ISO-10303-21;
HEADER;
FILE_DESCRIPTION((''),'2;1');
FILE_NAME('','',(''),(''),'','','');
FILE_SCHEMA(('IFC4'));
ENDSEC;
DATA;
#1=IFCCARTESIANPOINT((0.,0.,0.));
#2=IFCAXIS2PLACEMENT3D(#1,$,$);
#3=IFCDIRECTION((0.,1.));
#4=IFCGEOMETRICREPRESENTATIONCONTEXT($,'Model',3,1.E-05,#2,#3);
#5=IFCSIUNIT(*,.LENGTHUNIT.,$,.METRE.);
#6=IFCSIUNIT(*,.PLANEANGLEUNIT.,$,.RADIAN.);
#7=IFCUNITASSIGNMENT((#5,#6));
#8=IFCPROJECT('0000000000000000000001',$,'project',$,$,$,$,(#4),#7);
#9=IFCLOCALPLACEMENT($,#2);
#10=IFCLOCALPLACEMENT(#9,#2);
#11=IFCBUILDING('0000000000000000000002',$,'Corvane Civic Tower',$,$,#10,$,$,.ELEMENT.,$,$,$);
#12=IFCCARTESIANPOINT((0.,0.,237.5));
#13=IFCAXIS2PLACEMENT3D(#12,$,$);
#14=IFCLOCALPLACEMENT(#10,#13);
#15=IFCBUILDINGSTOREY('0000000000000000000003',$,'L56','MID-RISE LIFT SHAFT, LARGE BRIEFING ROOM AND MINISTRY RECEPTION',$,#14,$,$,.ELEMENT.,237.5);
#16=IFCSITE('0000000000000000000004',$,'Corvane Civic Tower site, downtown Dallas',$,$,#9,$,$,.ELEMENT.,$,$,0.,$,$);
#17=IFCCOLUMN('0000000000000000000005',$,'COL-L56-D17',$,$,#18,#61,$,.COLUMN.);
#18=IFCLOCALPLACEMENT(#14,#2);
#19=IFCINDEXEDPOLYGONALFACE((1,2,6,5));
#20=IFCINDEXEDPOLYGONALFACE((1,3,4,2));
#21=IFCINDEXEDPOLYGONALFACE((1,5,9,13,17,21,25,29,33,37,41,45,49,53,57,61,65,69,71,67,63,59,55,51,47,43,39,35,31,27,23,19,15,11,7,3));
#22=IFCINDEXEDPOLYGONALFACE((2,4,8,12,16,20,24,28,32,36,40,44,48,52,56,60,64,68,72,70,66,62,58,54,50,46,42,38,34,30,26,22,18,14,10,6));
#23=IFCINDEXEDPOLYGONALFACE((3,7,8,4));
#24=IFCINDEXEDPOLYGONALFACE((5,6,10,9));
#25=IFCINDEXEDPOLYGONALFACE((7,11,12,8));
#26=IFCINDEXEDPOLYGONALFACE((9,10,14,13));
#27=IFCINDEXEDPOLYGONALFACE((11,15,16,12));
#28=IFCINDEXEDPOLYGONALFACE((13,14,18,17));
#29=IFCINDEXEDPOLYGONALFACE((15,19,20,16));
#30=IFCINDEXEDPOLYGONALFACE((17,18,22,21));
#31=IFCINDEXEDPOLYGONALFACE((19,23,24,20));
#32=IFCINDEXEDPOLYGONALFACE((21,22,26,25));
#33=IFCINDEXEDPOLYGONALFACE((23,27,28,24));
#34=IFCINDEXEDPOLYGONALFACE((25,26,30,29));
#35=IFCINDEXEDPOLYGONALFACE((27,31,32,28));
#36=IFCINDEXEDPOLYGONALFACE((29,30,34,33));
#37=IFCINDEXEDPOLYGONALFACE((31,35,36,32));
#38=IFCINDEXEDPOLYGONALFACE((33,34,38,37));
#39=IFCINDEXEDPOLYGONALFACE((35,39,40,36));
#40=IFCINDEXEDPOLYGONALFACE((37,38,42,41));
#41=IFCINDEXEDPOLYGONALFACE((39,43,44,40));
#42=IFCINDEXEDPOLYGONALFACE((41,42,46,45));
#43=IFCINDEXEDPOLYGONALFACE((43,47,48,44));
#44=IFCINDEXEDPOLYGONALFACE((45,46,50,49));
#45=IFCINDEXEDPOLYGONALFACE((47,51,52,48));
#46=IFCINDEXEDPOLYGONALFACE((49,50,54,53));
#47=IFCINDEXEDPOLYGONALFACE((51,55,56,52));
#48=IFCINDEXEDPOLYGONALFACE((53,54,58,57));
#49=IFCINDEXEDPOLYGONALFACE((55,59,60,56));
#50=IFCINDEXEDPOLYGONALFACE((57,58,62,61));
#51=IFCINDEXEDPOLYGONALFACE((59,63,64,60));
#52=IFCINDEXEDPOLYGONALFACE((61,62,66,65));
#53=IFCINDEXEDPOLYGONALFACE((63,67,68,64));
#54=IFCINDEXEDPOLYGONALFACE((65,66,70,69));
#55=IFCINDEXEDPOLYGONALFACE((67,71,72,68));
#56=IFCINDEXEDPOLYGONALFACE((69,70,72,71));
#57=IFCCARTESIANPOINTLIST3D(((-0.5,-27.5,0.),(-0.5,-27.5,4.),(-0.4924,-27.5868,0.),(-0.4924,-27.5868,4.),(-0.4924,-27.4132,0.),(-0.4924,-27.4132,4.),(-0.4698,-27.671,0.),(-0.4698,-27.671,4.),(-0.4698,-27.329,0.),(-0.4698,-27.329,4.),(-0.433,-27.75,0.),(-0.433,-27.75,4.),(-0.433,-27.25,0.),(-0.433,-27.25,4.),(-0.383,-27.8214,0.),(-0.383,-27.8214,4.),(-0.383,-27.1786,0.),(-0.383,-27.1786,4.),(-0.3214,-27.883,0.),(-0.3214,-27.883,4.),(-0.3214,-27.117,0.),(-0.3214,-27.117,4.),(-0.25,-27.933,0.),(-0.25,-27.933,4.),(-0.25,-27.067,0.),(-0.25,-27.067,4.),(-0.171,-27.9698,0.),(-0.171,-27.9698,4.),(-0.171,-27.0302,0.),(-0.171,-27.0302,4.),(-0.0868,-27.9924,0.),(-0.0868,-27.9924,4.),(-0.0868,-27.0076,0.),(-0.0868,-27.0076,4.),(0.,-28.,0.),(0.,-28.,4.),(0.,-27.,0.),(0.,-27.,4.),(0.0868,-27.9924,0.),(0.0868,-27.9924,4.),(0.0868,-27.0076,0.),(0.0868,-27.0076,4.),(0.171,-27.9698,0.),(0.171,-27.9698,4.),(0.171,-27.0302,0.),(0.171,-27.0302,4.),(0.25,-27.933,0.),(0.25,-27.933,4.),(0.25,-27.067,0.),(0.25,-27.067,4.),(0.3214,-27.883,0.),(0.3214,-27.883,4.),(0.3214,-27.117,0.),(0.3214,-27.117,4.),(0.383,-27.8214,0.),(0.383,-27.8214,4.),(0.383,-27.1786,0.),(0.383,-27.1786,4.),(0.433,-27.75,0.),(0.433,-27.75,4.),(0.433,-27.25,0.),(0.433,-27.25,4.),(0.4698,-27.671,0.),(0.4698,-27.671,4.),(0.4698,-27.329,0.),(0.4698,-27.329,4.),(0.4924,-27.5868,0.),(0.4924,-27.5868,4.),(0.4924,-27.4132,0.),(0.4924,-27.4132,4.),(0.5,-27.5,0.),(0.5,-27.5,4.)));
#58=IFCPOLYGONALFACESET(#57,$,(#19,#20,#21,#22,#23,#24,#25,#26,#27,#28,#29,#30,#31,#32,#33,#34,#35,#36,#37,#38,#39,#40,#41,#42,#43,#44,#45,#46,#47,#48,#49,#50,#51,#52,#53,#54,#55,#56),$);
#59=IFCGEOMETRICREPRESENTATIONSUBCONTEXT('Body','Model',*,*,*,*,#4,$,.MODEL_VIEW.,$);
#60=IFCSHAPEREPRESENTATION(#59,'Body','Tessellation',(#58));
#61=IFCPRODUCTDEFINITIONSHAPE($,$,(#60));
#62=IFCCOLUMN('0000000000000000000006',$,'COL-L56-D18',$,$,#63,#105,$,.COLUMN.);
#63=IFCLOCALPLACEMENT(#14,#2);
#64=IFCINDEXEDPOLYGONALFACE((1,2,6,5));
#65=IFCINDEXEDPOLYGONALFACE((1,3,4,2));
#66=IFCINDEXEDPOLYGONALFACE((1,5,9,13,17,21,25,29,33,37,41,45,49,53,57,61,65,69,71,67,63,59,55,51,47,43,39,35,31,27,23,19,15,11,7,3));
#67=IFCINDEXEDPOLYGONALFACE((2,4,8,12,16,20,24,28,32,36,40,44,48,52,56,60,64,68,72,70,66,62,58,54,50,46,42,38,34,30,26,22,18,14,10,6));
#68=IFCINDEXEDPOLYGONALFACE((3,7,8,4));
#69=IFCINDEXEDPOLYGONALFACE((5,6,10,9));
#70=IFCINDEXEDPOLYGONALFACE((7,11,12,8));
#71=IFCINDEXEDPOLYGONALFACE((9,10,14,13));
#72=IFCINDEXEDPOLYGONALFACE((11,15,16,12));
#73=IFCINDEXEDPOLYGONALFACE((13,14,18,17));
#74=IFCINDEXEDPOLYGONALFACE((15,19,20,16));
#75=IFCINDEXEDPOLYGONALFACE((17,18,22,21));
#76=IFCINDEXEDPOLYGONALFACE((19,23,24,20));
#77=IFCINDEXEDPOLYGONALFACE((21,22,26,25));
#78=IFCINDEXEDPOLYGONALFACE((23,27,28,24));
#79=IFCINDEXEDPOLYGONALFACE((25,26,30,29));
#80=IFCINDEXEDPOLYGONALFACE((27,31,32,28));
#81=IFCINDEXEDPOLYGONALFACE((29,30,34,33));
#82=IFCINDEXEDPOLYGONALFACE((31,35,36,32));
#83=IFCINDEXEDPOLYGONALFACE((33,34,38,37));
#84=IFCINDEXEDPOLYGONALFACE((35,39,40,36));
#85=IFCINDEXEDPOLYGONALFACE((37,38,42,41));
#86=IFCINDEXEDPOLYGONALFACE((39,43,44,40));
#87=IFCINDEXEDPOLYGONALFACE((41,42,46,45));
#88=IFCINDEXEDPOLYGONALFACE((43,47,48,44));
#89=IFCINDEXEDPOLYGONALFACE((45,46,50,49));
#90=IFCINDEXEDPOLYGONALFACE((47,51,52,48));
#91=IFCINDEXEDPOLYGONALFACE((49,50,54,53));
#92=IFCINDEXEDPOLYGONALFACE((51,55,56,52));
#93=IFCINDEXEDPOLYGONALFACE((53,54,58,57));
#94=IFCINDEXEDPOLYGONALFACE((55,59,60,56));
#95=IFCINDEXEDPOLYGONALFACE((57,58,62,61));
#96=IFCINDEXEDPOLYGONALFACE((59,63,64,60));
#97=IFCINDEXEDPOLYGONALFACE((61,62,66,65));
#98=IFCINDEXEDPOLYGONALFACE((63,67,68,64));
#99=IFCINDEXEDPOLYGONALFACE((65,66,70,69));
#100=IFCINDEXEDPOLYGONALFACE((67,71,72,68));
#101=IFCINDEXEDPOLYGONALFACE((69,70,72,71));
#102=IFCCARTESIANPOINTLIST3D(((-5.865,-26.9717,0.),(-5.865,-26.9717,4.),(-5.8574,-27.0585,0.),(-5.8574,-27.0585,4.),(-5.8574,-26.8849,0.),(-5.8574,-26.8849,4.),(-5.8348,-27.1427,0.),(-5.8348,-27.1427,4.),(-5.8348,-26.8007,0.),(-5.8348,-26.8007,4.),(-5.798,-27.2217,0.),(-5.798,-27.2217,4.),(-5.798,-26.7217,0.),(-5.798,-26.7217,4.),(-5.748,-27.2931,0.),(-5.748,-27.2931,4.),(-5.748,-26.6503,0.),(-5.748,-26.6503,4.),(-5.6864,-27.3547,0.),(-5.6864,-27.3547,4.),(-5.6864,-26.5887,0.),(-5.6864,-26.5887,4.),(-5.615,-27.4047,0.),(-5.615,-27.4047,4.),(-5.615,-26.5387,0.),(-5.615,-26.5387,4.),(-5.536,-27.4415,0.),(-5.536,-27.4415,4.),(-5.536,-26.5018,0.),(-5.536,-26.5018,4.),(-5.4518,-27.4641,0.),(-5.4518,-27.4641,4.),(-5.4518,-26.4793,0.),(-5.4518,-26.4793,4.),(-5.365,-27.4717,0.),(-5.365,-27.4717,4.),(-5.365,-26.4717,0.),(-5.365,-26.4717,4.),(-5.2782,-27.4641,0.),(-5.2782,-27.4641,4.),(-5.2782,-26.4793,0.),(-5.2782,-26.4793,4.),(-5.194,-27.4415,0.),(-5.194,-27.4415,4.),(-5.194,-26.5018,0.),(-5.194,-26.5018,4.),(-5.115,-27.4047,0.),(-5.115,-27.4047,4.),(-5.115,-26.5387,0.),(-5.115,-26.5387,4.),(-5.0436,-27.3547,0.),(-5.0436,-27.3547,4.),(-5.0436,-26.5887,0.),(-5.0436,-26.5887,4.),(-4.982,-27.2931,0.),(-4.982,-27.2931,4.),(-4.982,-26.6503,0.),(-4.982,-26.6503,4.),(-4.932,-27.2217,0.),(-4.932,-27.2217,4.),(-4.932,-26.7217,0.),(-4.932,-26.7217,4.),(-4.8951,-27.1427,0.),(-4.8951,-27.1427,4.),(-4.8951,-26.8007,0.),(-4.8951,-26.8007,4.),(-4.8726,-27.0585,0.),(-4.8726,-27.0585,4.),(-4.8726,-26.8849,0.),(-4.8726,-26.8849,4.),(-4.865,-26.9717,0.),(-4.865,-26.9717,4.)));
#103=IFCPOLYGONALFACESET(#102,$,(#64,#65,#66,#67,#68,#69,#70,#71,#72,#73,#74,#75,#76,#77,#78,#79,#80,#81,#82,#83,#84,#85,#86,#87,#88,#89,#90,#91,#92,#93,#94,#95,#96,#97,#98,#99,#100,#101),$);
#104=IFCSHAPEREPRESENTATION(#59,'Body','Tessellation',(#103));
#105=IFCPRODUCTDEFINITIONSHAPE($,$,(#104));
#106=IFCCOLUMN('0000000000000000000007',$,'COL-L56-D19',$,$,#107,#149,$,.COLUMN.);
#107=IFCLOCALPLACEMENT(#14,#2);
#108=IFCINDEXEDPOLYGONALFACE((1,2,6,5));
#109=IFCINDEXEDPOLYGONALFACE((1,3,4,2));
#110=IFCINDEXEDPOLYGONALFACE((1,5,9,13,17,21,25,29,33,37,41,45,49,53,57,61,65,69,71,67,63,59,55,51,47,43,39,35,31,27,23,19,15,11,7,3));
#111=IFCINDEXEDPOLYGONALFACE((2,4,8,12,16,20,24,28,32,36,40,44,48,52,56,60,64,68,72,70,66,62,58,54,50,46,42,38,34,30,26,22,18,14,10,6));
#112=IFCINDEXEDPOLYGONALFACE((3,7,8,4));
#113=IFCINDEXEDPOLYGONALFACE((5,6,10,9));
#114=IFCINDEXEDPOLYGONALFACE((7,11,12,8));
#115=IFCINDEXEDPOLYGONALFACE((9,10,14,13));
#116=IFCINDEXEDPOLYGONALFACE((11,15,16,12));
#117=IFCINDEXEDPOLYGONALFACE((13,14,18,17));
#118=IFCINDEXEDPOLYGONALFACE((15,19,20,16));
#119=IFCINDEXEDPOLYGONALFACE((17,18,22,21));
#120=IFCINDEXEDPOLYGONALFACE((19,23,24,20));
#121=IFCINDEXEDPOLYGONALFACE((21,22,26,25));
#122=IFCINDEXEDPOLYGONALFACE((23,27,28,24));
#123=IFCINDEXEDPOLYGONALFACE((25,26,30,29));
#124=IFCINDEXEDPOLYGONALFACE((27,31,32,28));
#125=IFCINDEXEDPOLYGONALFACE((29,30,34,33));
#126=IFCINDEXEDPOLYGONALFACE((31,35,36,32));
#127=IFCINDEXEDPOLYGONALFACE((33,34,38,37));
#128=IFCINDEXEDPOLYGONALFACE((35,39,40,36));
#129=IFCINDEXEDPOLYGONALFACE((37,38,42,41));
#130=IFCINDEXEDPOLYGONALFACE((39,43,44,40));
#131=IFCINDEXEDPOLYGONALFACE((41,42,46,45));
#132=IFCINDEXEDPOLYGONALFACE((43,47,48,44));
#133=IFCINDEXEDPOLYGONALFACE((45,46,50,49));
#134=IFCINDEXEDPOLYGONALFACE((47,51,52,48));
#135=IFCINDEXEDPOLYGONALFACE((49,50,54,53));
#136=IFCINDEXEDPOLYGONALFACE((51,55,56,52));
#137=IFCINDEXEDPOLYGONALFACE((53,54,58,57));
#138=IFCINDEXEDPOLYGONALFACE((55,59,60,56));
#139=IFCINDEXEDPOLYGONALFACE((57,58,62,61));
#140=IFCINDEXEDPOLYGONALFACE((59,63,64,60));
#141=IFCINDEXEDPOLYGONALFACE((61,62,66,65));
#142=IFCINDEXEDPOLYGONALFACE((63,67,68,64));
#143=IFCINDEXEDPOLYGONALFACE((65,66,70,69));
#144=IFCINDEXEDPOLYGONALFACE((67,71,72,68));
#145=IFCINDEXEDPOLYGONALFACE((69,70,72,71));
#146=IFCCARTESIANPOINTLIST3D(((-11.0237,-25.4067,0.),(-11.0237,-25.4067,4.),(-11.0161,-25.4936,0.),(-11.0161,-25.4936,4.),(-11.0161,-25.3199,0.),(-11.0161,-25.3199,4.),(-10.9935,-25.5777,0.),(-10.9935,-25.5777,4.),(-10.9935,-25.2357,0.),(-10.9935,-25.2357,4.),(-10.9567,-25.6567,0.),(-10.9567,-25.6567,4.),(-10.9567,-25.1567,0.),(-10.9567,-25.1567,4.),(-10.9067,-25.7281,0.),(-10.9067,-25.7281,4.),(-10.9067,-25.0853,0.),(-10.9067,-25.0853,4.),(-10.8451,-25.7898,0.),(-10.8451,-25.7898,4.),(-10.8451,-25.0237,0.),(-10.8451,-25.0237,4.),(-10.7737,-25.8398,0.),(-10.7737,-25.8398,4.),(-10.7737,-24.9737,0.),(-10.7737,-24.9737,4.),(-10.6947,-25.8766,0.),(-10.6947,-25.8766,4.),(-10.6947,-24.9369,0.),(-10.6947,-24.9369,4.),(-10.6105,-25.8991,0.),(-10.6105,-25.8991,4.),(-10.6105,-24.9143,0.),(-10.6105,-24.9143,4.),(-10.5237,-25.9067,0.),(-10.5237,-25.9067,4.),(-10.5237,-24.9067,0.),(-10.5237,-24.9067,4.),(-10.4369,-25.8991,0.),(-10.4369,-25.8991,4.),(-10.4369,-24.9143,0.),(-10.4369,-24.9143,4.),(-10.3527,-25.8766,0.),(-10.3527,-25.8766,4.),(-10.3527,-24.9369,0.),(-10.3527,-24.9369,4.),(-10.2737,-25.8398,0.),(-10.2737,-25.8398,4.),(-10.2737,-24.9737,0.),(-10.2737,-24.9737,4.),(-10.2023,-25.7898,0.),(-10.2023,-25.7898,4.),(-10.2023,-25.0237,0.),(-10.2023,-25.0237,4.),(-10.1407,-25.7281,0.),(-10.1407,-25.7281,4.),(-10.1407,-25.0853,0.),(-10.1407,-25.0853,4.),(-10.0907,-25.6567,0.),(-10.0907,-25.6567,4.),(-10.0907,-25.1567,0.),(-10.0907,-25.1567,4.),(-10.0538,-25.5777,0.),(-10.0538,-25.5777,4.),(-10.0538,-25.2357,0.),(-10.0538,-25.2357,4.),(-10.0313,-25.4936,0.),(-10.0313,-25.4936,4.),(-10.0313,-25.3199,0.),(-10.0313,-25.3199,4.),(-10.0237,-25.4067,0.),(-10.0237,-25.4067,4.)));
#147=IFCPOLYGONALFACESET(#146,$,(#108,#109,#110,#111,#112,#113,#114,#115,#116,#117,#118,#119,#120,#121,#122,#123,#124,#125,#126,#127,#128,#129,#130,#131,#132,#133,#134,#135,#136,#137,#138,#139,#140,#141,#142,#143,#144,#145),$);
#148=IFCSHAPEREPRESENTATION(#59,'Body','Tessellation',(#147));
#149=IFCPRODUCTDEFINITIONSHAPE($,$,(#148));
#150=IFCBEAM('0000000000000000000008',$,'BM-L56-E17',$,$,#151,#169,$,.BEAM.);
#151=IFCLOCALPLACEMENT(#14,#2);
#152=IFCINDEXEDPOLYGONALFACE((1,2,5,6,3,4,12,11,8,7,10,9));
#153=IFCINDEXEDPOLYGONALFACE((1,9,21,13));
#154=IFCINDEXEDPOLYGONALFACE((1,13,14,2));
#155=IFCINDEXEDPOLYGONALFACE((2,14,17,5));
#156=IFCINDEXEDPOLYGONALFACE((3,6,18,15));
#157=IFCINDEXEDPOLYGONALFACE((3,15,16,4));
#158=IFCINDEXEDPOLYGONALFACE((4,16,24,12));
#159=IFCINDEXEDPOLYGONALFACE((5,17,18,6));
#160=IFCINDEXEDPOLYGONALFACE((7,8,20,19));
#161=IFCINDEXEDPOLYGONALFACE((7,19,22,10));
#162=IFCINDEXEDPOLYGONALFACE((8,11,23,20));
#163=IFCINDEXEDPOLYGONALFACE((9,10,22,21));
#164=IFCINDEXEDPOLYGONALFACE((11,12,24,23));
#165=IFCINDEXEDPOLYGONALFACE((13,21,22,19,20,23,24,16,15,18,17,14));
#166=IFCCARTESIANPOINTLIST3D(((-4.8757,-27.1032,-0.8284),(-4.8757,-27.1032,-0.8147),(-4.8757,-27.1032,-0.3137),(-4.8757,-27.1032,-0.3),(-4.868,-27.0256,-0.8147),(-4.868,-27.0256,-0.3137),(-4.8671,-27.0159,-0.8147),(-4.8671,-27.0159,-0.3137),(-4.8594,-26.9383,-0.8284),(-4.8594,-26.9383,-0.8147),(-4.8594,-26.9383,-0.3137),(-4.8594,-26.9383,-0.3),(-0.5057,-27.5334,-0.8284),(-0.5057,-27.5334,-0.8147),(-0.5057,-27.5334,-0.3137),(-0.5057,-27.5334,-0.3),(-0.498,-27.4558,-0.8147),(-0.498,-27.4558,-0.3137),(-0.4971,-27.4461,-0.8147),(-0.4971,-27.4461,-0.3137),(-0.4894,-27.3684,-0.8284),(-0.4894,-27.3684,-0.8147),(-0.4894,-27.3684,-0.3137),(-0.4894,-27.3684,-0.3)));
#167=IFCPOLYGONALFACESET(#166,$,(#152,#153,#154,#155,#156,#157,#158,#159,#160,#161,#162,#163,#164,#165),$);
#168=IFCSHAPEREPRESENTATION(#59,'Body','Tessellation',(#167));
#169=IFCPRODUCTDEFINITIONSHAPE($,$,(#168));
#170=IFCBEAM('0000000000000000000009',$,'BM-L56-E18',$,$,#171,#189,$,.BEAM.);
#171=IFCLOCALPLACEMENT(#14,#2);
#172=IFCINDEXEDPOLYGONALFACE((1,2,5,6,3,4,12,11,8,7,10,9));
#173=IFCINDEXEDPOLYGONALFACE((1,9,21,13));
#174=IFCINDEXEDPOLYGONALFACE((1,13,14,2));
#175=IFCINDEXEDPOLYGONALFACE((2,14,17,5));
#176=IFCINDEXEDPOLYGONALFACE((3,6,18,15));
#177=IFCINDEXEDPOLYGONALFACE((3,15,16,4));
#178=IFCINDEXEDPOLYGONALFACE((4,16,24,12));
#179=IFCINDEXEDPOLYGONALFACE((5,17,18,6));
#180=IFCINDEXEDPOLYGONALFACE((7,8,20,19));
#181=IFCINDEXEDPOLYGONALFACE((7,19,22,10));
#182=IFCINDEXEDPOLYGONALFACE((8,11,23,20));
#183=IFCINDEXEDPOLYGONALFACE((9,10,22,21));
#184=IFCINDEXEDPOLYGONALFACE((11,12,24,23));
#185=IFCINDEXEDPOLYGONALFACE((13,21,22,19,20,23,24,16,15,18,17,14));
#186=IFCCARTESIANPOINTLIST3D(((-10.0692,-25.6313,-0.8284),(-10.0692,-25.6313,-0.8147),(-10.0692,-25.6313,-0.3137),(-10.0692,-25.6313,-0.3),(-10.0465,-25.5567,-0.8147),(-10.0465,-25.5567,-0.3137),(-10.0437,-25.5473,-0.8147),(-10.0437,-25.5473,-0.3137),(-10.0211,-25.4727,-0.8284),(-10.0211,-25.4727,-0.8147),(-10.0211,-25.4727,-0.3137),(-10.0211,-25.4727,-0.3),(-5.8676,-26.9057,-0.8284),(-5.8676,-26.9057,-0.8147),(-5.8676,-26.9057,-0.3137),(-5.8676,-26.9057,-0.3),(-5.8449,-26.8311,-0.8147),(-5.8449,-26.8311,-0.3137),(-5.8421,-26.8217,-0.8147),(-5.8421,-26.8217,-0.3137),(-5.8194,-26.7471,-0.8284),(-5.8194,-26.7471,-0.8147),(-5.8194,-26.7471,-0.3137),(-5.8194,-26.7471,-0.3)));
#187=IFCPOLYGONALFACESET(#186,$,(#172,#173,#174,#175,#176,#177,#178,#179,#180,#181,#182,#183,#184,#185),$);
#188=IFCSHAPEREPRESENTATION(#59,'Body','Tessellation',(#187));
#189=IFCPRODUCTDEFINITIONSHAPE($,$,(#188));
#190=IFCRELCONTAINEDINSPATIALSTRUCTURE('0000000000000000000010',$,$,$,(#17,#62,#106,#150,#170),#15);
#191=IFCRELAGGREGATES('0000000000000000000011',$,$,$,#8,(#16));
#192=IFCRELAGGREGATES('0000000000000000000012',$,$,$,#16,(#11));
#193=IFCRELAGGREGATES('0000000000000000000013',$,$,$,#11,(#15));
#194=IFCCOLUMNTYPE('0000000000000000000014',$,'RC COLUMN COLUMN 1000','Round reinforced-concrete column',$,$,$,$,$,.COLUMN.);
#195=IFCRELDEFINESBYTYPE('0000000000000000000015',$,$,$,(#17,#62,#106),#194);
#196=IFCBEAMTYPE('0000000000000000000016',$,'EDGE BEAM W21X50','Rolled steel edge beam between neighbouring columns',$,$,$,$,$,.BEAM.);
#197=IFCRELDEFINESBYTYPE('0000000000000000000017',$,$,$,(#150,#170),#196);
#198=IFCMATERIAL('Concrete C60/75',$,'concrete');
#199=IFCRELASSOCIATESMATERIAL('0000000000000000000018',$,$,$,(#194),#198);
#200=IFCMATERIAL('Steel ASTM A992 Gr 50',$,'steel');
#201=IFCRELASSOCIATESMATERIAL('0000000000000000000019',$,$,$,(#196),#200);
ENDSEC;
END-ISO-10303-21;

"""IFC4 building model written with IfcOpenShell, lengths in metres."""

from ifc_helpers import new_model, si_unit, direction, frame, origin, origin_2d, place, context, subcontext, project, spatial, circle, i_section, extrude, material, material_profile, profile_set, type_object, element, save


model = new_model("IFC4")

# Units and contexts
model_context = context("Model", 3, precision=1e-05, world=origin(), true_north=direction((0.0, 1.0)))
body_context = subcontext(model_context, "Body", "Model", "MODEL_VIEW")
ifc_project = project(units=[si_unit("LENGTHUNIT", "METRE"), si_unit("PLANEANGLEUNIT", "RADIAN")], contexts=[model_context])

# Site, building, storey
site_placement = place(None, origin())
site = spatial("IfcSite", under=ifc_project, at=site_placement, Name="Corvane Civic Tower site, downtown Dallas", CompositionType="ELEMENT", RefElevation=0.0)
building_placement = place(site_placement, origin())
building = spatial("IfcBuilding", under=site, at=building_placement, Name="Corvane Civic Tower", CompositionType="ELEMENT")
storey_placement = place(building_placement, frame((0.0, 0.0, 237.5)))
storey = spatial("IfcBuildingStorey", under=building, at=storey_placement, Name="L56", Description="MID-RISE LIFT SHAFT, LARGE BRIEFING ROOM AND MINISTRY RECEPTION", CompositionType="ELEMENT", Elevation=237.5)

# Columns
ifc_material_1 = material(Name="Concrete C60/75", Category="concrete")
ifc_material_profile_1 = material_profile(ifc_material_1, circle(Radius=0.5, at=origin_2d()), Name="COLUMN 1000")
ifc_profile_set_1 = profile_set([ifc_material_profile_1], Name="Concrete C60/75")
column_type = type_object("IfcColumnType", Name="RC COLUMN COLUMN 1000", Description="Round reinforced-concrete column", PredefinedType="COLUMN", material=ifc_profile_set_1)
for number, where, z_axis, x_axis, name in (
    (1, (0.0, -27.5, 0.0), (0.0, 0.0, 1.0), (1.0, 0.0, 0.0), "COL-L56-D17"),
    (2, (-5.365, -26.9717, 0.0), (0.0, 0.0, 1.0), (1.0, 0.0, 0.0), "COL-L56-D18"),
    (3, (-10.5237, -25.4067, 0.0), (0.0, 0.0, 1.0), (1.0, 0.0, 0.0), "COL-L56-D19"),
):
    element("IfcColumn", number, at=place(storey_placement, frame(where, z_axis=z_axis, x_axis=x_axis)), inside=storey, type_object=column_type, Name=name, PredefinedType="COLUMN", context=body_context, shape_type="SweptSolid", body=[
        extrude(circle(Radius=0.5, at=origin_2d()), origin(), (0.0, 0.0, 1.0), 4.0),
    ])

# Beams
ifc_material_2 = material(Name="Steel ASTM A992 Gr 50", Category="steel")
ifc_material_profile_2 = material_profile(ifc_material_2, i_section(OverallWidth=0.1658, OverallDepth=0.5283, WebThickness=0.0098, FlangeThickness=0.0137, at=origin_2d()), Name="W21X50")
ifc_profile_set_2 = profile_set([ifc_material_profile_2], Name="Steel ASTM A992 Gr 50")
beam_type_1 = type_object("IfcBeamType", Name="EDGE BEAM W21X50", Description="Rolled steel edge beam between neighbouring columns", PredefinedType="BEAM", material=ifc_profile_set_2)
beam_1_placement = place(storey_placement, frame((-0.4976, -27.4509, -0.5642), z_axis=(-0.99519, 0.097968, 0.0), x_axis=(-0.097968, -0.99519, 0.0)))
element("IfcBeam", 4, at=beam_1_placement, inside=storey, type_object=beam_type_1, Name="BM-L56-E17", PredefinedType="BEAM", context=body_context, shape_type="SweptSolid", body=[
    extrude(i_section(OverallWidth=0.1658, OverallDepth=0.5283, WebThickness=0.0098, FlangeThickness=0.0137, at=origin_2d()), origin(), (0.0, 0.0, 1.0), 4.3911),
])
beam_2_placement = place(storey_placement, frame((-5.8435, -26.8264, -0.5642), z_axis=(-0.95695, 0.290254, 0.0), x_axis=(-0.290254, -0.95695, 0.0)))
element("IfcBeam", 5, at=beam_2_placement, inside=storey, type_object=beam_type_1, Name="BM-L56-E18", PredefinedType="BEAM", context=body_context, shape_type="SweptSolid", body=[
    extrude(i_section(OverallWidth=0.1658, OverallDepth=0.5283, WebThickness=0.0098, FlangeThickness=0.0137, at=origin_2d()), origin(), (0.0, 0.0, 1.0), 4.3906),
])

save(model, "model.ifc")
